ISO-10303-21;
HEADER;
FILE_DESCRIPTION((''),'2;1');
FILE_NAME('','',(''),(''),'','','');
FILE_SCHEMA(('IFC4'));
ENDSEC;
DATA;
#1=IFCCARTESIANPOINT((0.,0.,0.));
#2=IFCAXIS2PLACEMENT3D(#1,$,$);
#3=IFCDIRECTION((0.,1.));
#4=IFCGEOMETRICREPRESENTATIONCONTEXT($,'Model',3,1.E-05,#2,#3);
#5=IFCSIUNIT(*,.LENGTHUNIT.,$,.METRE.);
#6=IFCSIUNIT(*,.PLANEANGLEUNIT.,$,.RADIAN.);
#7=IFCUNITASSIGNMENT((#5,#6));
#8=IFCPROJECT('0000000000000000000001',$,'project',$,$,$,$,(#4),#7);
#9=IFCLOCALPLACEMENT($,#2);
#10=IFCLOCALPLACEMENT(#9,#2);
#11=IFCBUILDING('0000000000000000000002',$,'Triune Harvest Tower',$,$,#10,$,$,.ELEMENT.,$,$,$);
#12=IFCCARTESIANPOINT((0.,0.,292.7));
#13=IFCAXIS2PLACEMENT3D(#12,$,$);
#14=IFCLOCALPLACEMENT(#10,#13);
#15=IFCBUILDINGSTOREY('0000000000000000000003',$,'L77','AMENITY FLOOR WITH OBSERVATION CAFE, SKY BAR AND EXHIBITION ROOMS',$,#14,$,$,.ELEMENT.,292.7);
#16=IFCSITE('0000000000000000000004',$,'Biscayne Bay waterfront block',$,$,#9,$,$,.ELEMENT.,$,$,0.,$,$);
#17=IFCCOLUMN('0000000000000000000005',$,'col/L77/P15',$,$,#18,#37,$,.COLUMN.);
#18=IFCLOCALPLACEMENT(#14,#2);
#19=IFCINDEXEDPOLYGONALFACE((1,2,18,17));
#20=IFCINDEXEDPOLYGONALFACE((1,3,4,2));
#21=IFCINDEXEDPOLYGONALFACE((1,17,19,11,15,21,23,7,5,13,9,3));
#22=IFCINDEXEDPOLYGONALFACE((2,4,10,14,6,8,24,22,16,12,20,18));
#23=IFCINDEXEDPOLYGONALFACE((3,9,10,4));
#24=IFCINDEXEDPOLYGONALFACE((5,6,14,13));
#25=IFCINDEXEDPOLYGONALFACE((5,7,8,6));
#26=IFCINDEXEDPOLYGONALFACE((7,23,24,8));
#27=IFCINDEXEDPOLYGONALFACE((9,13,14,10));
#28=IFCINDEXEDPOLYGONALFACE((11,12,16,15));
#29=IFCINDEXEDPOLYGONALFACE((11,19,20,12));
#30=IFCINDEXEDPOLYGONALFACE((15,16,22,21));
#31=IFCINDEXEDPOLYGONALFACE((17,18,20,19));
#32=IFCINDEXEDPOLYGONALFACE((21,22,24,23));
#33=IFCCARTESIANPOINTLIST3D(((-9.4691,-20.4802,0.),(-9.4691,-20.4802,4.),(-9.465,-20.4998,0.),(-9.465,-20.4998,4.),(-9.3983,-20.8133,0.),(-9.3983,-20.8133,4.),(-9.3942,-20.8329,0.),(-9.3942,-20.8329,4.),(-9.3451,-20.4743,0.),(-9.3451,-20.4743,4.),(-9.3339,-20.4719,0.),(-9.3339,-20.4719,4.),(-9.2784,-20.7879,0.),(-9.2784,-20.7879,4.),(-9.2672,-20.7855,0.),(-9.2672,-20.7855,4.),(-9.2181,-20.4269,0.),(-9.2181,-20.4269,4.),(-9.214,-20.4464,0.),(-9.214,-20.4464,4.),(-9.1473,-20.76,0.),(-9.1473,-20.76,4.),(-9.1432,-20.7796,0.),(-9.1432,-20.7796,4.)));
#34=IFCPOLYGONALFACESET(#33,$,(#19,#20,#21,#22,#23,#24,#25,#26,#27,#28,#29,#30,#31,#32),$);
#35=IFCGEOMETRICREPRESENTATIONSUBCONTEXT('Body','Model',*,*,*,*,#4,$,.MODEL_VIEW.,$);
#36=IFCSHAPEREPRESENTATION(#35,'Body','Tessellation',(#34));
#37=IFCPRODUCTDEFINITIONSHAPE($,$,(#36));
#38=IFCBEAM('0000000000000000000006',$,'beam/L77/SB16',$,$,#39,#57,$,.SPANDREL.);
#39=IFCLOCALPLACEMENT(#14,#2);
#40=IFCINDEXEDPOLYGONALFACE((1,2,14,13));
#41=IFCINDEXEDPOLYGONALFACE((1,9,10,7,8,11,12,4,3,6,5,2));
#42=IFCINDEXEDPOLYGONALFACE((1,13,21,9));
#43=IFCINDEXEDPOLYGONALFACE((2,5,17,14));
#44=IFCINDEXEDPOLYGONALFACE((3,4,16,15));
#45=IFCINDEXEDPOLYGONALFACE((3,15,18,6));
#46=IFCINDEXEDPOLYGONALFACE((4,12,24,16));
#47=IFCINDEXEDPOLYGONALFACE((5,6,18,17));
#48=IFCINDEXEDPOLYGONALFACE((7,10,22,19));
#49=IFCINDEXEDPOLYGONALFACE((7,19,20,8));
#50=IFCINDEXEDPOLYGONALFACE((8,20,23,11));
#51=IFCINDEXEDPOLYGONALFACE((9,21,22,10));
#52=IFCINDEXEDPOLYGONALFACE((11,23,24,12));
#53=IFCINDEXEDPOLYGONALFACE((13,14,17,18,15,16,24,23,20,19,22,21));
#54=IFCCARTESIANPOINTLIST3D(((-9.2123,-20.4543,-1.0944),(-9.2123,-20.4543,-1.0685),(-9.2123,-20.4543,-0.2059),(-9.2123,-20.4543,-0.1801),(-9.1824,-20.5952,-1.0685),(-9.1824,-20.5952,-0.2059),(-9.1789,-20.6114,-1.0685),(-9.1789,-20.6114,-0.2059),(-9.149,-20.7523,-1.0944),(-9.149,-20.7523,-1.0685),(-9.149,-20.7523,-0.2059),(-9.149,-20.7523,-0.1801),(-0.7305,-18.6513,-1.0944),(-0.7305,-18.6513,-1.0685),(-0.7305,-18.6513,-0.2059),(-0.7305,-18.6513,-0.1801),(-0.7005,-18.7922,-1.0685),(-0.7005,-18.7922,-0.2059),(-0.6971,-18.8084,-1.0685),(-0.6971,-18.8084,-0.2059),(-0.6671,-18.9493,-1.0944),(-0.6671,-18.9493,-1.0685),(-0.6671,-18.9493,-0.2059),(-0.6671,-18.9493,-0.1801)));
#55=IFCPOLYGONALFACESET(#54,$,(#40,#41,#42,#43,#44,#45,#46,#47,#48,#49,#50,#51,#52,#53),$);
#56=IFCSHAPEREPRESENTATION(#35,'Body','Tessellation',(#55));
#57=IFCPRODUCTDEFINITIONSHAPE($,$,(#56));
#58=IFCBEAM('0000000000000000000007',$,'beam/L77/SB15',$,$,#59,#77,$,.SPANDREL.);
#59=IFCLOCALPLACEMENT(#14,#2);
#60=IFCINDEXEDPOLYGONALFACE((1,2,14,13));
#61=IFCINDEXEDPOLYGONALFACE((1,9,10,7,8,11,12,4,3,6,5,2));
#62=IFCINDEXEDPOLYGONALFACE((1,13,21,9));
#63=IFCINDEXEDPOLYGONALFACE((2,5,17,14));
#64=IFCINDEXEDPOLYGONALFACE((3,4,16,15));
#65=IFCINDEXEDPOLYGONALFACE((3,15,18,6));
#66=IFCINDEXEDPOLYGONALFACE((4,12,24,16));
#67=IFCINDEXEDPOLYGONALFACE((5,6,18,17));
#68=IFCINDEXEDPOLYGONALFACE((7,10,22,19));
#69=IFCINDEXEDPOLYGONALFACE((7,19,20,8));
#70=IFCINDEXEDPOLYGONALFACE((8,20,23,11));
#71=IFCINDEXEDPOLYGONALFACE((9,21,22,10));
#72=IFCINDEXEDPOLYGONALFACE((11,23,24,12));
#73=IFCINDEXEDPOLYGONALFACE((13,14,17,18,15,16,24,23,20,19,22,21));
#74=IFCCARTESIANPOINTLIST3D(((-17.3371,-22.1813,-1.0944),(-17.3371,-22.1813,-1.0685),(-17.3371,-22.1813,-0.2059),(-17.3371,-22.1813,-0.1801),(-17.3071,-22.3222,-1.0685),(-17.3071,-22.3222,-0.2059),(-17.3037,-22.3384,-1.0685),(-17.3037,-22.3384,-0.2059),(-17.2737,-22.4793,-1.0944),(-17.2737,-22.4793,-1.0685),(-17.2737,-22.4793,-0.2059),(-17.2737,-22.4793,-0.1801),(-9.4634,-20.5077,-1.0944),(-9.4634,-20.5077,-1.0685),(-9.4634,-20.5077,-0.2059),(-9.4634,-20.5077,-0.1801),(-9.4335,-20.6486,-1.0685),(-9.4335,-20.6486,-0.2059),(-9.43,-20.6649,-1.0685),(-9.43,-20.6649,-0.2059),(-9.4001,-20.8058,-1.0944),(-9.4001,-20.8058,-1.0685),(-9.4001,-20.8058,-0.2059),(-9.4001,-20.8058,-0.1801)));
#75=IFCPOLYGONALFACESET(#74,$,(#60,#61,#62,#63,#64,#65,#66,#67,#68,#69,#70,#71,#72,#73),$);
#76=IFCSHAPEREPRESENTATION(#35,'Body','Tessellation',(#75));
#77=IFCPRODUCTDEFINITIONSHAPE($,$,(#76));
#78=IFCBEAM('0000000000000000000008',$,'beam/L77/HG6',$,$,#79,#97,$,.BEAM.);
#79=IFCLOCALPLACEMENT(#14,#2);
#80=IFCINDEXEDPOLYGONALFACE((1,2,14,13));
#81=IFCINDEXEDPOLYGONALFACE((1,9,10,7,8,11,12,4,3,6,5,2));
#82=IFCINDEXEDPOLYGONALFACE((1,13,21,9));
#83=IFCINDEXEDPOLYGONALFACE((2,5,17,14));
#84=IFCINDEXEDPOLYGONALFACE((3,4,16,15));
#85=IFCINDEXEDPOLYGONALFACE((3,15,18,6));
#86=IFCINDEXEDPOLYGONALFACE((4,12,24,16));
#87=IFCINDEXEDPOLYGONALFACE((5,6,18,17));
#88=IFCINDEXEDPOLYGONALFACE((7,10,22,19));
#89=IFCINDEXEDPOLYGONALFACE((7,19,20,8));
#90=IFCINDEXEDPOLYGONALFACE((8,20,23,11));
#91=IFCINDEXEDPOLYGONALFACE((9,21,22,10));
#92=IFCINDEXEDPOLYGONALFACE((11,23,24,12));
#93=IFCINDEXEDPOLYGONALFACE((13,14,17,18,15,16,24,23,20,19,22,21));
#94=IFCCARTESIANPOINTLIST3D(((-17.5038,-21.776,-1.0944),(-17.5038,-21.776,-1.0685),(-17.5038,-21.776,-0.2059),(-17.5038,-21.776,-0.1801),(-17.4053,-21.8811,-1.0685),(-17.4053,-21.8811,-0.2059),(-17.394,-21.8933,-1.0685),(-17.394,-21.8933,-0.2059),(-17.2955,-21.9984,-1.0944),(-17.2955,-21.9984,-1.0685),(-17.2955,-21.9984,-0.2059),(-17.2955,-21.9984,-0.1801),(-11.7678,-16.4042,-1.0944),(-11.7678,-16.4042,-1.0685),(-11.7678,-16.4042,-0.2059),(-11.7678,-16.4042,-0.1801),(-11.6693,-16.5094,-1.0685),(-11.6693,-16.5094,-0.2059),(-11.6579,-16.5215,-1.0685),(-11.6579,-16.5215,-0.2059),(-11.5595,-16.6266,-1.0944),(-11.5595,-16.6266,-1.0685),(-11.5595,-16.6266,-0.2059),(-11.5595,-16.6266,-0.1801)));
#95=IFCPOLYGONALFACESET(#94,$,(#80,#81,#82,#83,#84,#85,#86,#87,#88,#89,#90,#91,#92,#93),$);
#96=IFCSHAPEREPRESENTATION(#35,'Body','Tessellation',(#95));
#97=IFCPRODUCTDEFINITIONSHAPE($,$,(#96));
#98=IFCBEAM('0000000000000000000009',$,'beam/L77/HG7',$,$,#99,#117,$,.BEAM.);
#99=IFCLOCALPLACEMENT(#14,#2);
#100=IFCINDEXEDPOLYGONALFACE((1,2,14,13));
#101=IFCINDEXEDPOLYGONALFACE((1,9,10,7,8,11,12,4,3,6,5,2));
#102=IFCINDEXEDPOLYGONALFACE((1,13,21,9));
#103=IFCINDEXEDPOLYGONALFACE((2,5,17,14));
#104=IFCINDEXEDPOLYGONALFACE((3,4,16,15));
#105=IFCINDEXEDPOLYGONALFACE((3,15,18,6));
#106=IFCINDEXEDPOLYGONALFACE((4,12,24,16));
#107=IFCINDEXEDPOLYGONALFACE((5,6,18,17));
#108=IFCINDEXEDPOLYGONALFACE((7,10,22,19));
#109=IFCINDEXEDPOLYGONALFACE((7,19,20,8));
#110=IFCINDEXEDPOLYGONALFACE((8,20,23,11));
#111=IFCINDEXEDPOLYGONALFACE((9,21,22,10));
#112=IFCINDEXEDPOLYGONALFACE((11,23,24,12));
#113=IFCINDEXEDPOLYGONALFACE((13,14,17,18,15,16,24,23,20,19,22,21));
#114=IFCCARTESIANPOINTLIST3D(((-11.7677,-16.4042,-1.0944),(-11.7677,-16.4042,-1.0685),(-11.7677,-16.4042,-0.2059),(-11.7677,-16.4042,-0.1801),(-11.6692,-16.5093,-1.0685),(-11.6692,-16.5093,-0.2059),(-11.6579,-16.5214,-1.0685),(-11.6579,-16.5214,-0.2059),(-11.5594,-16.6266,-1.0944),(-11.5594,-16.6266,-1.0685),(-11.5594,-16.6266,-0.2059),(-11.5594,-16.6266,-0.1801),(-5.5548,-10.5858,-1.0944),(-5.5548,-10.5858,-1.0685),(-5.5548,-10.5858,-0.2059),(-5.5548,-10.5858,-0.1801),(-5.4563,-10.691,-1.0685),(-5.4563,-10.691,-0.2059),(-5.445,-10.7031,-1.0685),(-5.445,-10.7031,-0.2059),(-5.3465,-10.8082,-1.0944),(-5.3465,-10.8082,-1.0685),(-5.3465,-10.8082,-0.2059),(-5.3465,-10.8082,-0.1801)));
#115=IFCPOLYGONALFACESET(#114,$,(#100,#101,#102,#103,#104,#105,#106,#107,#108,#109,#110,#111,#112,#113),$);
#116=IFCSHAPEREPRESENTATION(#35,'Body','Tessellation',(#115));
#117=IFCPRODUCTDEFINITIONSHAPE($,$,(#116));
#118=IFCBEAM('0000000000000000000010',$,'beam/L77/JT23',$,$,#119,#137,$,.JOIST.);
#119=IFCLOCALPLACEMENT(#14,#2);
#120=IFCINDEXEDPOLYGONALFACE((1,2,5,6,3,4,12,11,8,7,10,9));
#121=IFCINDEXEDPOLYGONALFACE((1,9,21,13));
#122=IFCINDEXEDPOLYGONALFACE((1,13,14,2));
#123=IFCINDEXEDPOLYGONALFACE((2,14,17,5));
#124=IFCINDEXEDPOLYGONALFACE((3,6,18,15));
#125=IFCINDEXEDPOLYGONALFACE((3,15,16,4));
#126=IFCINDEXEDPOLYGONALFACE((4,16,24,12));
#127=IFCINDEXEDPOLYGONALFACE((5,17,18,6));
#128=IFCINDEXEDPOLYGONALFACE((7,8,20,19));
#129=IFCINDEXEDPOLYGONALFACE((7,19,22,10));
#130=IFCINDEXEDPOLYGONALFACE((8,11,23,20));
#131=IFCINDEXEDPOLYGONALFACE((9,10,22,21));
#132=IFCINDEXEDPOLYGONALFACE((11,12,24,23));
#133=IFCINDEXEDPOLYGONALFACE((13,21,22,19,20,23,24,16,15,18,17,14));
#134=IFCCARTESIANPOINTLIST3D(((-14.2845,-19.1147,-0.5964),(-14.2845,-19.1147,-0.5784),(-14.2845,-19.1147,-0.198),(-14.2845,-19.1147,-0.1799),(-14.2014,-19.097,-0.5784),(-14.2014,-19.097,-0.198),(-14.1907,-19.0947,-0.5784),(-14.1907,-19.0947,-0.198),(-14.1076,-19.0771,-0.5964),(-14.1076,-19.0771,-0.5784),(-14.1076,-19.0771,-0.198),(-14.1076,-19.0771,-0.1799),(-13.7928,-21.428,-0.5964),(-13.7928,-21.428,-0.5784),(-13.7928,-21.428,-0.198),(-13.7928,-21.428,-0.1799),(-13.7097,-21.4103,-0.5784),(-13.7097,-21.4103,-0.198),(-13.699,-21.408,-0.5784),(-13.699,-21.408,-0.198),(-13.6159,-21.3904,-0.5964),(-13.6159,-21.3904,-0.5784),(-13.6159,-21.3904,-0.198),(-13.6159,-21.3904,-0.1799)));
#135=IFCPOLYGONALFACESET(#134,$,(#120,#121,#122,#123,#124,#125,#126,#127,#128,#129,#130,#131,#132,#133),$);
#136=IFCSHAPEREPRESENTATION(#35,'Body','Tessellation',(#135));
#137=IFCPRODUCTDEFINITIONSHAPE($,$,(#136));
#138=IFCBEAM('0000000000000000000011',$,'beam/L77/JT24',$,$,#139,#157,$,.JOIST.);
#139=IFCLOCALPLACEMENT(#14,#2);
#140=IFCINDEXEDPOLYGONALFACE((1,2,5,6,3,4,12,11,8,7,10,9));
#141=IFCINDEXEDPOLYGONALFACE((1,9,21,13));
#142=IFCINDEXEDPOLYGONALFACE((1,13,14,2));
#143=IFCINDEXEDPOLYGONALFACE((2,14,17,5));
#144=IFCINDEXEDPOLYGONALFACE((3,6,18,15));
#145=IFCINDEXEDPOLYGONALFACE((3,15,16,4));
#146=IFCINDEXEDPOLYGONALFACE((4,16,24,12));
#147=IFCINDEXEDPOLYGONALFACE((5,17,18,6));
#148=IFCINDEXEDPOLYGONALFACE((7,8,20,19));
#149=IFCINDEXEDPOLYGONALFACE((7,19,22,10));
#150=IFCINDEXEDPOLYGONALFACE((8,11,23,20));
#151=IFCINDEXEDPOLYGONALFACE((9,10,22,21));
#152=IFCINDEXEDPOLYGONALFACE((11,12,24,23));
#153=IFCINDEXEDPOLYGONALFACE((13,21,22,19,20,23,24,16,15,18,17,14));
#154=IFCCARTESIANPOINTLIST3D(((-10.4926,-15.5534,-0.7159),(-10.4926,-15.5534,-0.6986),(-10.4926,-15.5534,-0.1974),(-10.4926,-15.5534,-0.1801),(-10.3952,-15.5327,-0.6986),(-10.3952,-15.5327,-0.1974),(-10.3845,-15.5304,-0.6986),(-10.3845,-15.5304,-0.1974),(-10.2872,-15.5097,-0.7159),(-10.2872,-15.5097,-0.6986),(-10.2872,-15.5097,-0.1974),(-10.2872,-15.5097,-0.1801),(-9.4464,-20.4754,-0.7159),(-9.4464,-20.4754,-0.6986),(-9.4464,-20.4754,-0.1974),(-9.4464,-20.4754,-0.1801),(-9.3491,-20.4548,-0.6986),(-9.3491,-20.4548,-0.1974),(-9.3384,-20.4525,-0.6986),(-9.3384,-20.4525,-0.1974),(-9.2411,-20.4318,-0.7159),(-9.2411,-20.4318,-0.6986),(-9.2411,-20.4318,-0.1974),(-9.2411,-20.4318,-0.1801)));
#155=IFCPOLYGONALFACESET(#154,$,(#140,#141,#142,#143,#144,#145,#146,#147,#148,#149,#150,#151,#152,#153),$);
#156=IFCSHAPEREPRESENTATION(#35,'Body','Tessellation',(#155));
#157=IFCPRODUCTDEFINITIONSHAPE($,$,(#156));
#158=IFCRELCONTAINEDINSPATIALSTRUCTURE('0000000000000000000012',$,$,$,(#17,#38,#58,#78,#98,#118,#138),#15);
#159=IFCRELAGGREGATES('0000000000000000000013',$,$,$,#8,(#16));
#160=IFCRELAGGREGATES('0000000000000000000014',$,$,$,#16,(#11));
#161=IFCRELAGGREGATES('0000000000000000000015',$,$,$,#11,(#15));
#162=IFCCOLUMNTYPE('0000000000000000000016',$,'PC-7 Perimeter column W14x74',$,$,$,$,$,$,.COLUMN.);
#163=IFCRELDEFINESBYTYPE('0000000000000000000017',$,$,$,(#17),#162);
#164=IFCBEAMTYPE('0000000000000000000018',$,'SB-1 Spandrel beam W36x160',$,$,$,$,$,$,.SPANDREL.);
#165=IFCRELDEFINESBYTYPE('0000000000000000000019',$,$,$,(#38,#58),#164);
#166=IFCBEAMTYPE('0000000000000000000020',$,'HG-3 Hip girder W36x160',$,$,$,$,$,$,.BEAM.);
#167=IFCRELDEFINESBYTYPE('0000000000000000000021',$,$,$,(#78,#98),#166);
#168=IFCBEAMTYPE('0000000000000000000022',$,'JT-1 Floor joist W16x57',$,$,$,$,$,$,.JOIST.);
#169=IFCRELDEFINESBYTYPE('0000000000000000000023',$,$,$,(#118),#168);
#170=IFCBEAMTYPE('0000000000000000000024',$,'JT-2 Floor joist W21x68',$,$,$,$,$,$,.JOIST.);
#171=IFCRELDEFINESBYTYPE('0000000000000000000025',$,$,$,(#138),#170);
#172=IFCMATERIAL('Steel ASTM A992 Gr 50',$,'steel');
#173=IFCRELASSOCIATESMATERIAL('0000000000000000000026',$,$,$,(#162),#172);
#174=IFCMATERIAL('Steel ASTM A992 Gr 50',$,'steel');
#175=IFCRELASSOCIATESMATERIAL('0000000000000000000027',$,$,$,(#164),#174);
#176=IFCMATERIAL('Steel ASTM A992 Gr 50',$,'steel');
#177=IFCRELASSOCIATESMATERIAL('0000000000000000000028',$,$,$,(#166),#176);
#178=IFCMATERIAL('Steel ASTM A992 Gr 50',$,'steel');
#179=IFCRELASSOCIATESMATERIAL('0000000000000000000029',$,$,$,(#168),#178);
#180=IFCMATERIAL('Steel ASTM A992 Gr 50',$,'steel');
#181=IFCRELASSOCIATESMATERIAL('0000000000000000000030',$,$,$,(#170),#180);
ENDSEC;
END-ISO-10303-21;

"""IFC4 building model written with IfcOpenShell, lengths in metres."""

from ifc_helpers import new_model, si_unit, direction, frame, origin, origin_2d, place, context, subcontext, project, spatial, i_section, extrude, source, transform, mapped, material, material_profile, profile_set, type_object, element, save


model = new_model("IFC4")

# Units and contexts
model_context = context("Model", 3, precision=1e-05, world=origin(), true_north=direction((0.0, 1.0)))
body_context = subcontext(model_context, "Body", "Model", "MODEL_VIEW")
ifc_project = project(units=[si_unit("LENGTHUNIT", "METRE"), si_unit("PLANEANGLEUNIT", "RADIAN")], contexts=[model_context])

# Site, building, storey
site_placement = place(None, origin())
site = spatial("IfcSite", under=ifc_project, at=site_placement, Name="Biscayne Bay waterfront block", CompositionType="ELEMENT", RefElevation=0.0)
building_placement = place(site_placement, origin())
building = spatial("IfcBuilding", under=site, at=building_placement, Name="Triune Harvest Tower", CompositionType="ELEMENT")
storey_placement = place(building_placement, frame((0.0, 0.0, 292.7)))
storey = spatial("IfcBuildingStorey", under=building, at=storey_placement, Name="L77", Description="AMENITY FLOOR WITH OBSERVATION CAFE, SKY BAR AND EXHIBITION ROOMS", CompositionType="ELEMENT", Elevation=292.7)

# Column
ifc_material_1 = material(Name="Steel ASTM A992 Gr 50", Category="steel")
ifc_material_profile_1 = material_profile(ifc_material_1, i_section(OverallWidth=0.2566, OverallDepth=0.3606, WebThickness=0.0115, FlangeThickness=0.02, at=origin_2d()), Name="W14x74")
ifc_profile_set_1 = profile_set([ifc_material_profile_1], Name="Steel ASTM A992 Gr 50")
column_type = type_object("IfcColumnType", Name="PC-7 Perimeter column W14x74", PredefinedType="COLUMN", material=ifc_profile_set_1)
shared_shape_1 = source(origin(), body_context, "Body", "SweptSolid", [
    extrude(i_section(OverallWidth=0.2566, OverallDepth=0.3606, WebThickness=0.0115, FlangeThickness=0.02, at=origin_2d()), origin(), (0.0, 0.0, 1.0), 4.0),
])
column_placement = place(storey_placement, frame((-9.3062, -20.6299, 0.0), z_axis=(0.0, 0.0, 1.0), x_axis=(0.978147, 0.207913, 0.0)))
element("IfcColumn", 1, at=column_placement, inside=storey, type_object=column_type, Name="col/L77/P15", PredefinedType="COLUMN", context=body_context, shape_type="MappedRepresentation", body=[
    mapped(shared_shape_1, transform((0.0, 0.0, 0.0), scale=1.0)),
])

# Beams
ifc_material_2 = material(Name="Steel ASTM A992 Gr 50", Category="steel")
ifc_material_profile_2 = material_profile(ifc_material_2, i_section(OverallWidth=0.3047, OverallDepth=0.9143, WebThickness=0.0166, FlangeThickness=0.0259, at=origin_2d()), Name="W36x160")
ifc_profile_set_2 = profile_set([ifc_material_profile_2], Name="Steel ASTM A992 Gr 50")
beam_type_1 = type_object("IfcBeamType", Name="SB-1 Spandrel beam W36x160", PredefinedType="SPANDREL", material=ifc_profile_set_2)
shared_shape_2 = source(origin(), body_context, "Body", "SweptSolid", [
    extrude(i_section(OverallWidth=0.3047, OverallDepth=0.9143, WebThickness=0.0166, FlangeThickness=0.0259, at=origin_2d()), origin(), (0.0, 0.0, 1.0), 8.6714),
])
beam_1_placement = place(storey_placement, frame((-9.1807, -20.6033, -0.6372), z_axis=(0.978146, 0.207921, 0.0), x_axis=(-0.207921, 0.978146, 0.0)))
element("IfcBeam", 2, at=beam_1_placement, inside=storey, type_object=beam_type_1, Name="beam/L77/SB16", PredefinedType="SPANDREL", context=body_context, shape_type="MappedRepresentation", body=[
    mapped(shared_shape_2, transform((0.0, 0.0, 0.0), scale=1.0)),
])
shared_shape_3 = source(origin(), body_context, "Body", "SweptSolid", [
    extrude(i_section(OverallWidth=0.3047, OverallDepth=0.9143, WebThickness=0.0166, FlangeThickness=0.0259, at=origin_2d()), origin(), (0.0, 0.0, 1.0), 8.0496),
])
beam_2_placement = place(storey_placement, frame((-17.3054, -22.3303, -0.6372), z_axis=(0.978149, 0.207907, 0.0), x_axis=(-0.207907, 0.978149, 0.0)))
element("IfcBeam", 3, at=beam_2_placement, inside=storey, type_object=beam_type_1, Name="beam/L77/SB15", PredefinedType="SPANDREL", context=body_context, shape_type="MappedRepresentation", body=[
    mapped(shared_shape_3, transform((0.0, 0.0, 0.0), scale=1.0)),
])
ifc_material_3 = material(Name="Steel ASTM A992 Gr 50", Category="steel")
ifc_material_profile_3 = material_profile(ifc_material_3, i_section(OverallWidth=0.3047, OverallDepth=0.9143, WebThickness=0.0166, FlangeThickness=0.0259, at=origin_2d()), Name="W36x160")
ifc_profile_set_3 = profile_set([ifc_material_profile_3], Name="Steel ASTM A992 Gr 50")
beam_type_2 = type_object("IfcBeamType", Name="HG-3 Hip girder W36x160", PredefinedType="BEAM", material=ifc_profile_set_3)
shared_shape_4 = source(origin(), body_context, "Body", "SweptSolid", [
    extrude(i_section(OverallWidth=0.3047, OverallDepth=0.9143, WebThickness=0.0166, FlangeThickness=0.0259, at=origin_2d()), origin(), (0.0, 0.0, 1.0), 7.8586),
])
beam_3_placement = place(storey_placement, frame((-17.3997, -21.8872, -0.6372), z_axis=(0.729902, 0.683551, 0.0), x_axis=(-0.683551, 0.729902, 0.0)))
element("IfcBeam", 4, at=beam_3_placement, inside=storey, type_object=beam_type_2, Name="beam/L77/HG6", PredefinedType="BEAM", context=body_context, shape_type="MappedRepresentation", body=[
    mapped(shared_shape_4, transform((0.0, 0.0, 0.0), scale=1.0)),
])
shared_shape_5 = source(origin(), body_context, "Body", "SweptSolid", [
    extrude(i_section(OverallWidth=0.3047, OverallDepth=0.9143, WebThickness=0.0166, FlangeThickness=0.0259, at=origin_2d()), origin(), (0.0, 0.0, 1.0), 8.512),
])
beam_4_placement = place(storey_placement, frame((-11.6636, -16.5154, -0.6372), z_axis=(0.729902, 0.683552, 0.0), x_axis=(-0.683552, 0.729902, 0.0)))
element("IfcBeam", 5, at=beam_4_placement, inside=storey, type_object=beam_type_2, Name="beam/L77/HG7", PredefinedType="BEAM", context=body_context, shape_type="MappedRepresentation", body=[
    mapped(shared_shape_5, transform((0.0, 0.0, 0.0), scale=1.0)),
])
ifc_material_4 = material(Name="Steel ASTM A992 Gr 50", Category="steel")
ifc_material_profile_4 = material_profile(ifc_material_4, i_section(OverallWidth=0.1809, OverallDepth=0.4165, WebThickness=0.011, FlangeThickness=0.0181, at=origin_2d()), Name="W16x57")
ifc_profile_set_4 = profile_set([ifc_material_profile_4], Name="Steel ASTM A992 Gr 50")
beam_type_3 = type_object("IfcBeamType", Name="JT-1 Floor joist W16x57", PredefinedType="JOIST", material=ifc_profile_set_4)
shared_shape_6 = source(origin(), body_context, "Body", "SweptSolid", [
    extrude(i_section(OverallWidth=0.1809, OverallDepth=0.4165, WebThickness=0.011, FlangeThickness=0.0181, at=origin_2d()), origin(), (0.0, 0.0, 1.0), 2.365),
])
beam_5_placement = place(storey_placement, frame((-13.7043, -21.4092, -0.3882), z_axis=(-0.207914, 0.978147, 0.0), x_axis=(-0.978147, -0.207914, 0.0)))
element("IfcBeam", 6, at=beam_5_placement, inside=storey, type_object=beam_type_3, Name="beam/L77/JT23", PredefinedType="JOIST", context=body_context, shape_type="MappedRepresentation", body=[
    mapped(shared_shape_6, transform((0.0, 0.0, 0.0), scale=1.0)),
])
ifc_material_5 = material(Name="Steel ASTM A992 Gr 50", Category="steel")
ifc_material_profile_5 = material_profile(ifc_material_5, i_section(OverallWidth=0.21, OverallDepth=0.5359, WebThickness=0.011, FlangeThickness=0.0173, at=origin_2d()), Name="W21x68")
ifc_profile_set_5 = profile_set([ifc_material_profile_5], Name="Steel ASTM A992 Gr 50")
beam_type_4 = type_object("IfcBeamType", Name="JT-2 Floor joist W21x68", PredefinedType="JOIST", material=ifc_profile_set_5)
shared_shape_7 = source(origin(), body_context, "Body", "SweptSolid", [
    extrude(i_section(OverallWidth=0.21, OverallDepth=0.5359, WebThickness=0.011, FlangeThickness=0.0173, at=origin_2d()), origin(), (0.0, 0.0, 1.0), 5.032),
])
beam_6_placement = place(storey_placement, frame((-9.3438, -20.4536, -0.448), z_axis=(-0.207895, 0.978151, 0.0), x_axis=(-0.978151, -0.207895, 0.0)))
element("IfcBeam", 7, at=beam_6_placement, inside=storey, type_object=beam_type_4, Name="beam/L77/JT24", PredefinedType="JOIST", context=body_context, shape_type="MappedRepresentation", body=[
    mapped(shared_shape_7, transform((0.0, 0.0, 0.0), scale=1.0)),
])

save(model, "model.ifc")
